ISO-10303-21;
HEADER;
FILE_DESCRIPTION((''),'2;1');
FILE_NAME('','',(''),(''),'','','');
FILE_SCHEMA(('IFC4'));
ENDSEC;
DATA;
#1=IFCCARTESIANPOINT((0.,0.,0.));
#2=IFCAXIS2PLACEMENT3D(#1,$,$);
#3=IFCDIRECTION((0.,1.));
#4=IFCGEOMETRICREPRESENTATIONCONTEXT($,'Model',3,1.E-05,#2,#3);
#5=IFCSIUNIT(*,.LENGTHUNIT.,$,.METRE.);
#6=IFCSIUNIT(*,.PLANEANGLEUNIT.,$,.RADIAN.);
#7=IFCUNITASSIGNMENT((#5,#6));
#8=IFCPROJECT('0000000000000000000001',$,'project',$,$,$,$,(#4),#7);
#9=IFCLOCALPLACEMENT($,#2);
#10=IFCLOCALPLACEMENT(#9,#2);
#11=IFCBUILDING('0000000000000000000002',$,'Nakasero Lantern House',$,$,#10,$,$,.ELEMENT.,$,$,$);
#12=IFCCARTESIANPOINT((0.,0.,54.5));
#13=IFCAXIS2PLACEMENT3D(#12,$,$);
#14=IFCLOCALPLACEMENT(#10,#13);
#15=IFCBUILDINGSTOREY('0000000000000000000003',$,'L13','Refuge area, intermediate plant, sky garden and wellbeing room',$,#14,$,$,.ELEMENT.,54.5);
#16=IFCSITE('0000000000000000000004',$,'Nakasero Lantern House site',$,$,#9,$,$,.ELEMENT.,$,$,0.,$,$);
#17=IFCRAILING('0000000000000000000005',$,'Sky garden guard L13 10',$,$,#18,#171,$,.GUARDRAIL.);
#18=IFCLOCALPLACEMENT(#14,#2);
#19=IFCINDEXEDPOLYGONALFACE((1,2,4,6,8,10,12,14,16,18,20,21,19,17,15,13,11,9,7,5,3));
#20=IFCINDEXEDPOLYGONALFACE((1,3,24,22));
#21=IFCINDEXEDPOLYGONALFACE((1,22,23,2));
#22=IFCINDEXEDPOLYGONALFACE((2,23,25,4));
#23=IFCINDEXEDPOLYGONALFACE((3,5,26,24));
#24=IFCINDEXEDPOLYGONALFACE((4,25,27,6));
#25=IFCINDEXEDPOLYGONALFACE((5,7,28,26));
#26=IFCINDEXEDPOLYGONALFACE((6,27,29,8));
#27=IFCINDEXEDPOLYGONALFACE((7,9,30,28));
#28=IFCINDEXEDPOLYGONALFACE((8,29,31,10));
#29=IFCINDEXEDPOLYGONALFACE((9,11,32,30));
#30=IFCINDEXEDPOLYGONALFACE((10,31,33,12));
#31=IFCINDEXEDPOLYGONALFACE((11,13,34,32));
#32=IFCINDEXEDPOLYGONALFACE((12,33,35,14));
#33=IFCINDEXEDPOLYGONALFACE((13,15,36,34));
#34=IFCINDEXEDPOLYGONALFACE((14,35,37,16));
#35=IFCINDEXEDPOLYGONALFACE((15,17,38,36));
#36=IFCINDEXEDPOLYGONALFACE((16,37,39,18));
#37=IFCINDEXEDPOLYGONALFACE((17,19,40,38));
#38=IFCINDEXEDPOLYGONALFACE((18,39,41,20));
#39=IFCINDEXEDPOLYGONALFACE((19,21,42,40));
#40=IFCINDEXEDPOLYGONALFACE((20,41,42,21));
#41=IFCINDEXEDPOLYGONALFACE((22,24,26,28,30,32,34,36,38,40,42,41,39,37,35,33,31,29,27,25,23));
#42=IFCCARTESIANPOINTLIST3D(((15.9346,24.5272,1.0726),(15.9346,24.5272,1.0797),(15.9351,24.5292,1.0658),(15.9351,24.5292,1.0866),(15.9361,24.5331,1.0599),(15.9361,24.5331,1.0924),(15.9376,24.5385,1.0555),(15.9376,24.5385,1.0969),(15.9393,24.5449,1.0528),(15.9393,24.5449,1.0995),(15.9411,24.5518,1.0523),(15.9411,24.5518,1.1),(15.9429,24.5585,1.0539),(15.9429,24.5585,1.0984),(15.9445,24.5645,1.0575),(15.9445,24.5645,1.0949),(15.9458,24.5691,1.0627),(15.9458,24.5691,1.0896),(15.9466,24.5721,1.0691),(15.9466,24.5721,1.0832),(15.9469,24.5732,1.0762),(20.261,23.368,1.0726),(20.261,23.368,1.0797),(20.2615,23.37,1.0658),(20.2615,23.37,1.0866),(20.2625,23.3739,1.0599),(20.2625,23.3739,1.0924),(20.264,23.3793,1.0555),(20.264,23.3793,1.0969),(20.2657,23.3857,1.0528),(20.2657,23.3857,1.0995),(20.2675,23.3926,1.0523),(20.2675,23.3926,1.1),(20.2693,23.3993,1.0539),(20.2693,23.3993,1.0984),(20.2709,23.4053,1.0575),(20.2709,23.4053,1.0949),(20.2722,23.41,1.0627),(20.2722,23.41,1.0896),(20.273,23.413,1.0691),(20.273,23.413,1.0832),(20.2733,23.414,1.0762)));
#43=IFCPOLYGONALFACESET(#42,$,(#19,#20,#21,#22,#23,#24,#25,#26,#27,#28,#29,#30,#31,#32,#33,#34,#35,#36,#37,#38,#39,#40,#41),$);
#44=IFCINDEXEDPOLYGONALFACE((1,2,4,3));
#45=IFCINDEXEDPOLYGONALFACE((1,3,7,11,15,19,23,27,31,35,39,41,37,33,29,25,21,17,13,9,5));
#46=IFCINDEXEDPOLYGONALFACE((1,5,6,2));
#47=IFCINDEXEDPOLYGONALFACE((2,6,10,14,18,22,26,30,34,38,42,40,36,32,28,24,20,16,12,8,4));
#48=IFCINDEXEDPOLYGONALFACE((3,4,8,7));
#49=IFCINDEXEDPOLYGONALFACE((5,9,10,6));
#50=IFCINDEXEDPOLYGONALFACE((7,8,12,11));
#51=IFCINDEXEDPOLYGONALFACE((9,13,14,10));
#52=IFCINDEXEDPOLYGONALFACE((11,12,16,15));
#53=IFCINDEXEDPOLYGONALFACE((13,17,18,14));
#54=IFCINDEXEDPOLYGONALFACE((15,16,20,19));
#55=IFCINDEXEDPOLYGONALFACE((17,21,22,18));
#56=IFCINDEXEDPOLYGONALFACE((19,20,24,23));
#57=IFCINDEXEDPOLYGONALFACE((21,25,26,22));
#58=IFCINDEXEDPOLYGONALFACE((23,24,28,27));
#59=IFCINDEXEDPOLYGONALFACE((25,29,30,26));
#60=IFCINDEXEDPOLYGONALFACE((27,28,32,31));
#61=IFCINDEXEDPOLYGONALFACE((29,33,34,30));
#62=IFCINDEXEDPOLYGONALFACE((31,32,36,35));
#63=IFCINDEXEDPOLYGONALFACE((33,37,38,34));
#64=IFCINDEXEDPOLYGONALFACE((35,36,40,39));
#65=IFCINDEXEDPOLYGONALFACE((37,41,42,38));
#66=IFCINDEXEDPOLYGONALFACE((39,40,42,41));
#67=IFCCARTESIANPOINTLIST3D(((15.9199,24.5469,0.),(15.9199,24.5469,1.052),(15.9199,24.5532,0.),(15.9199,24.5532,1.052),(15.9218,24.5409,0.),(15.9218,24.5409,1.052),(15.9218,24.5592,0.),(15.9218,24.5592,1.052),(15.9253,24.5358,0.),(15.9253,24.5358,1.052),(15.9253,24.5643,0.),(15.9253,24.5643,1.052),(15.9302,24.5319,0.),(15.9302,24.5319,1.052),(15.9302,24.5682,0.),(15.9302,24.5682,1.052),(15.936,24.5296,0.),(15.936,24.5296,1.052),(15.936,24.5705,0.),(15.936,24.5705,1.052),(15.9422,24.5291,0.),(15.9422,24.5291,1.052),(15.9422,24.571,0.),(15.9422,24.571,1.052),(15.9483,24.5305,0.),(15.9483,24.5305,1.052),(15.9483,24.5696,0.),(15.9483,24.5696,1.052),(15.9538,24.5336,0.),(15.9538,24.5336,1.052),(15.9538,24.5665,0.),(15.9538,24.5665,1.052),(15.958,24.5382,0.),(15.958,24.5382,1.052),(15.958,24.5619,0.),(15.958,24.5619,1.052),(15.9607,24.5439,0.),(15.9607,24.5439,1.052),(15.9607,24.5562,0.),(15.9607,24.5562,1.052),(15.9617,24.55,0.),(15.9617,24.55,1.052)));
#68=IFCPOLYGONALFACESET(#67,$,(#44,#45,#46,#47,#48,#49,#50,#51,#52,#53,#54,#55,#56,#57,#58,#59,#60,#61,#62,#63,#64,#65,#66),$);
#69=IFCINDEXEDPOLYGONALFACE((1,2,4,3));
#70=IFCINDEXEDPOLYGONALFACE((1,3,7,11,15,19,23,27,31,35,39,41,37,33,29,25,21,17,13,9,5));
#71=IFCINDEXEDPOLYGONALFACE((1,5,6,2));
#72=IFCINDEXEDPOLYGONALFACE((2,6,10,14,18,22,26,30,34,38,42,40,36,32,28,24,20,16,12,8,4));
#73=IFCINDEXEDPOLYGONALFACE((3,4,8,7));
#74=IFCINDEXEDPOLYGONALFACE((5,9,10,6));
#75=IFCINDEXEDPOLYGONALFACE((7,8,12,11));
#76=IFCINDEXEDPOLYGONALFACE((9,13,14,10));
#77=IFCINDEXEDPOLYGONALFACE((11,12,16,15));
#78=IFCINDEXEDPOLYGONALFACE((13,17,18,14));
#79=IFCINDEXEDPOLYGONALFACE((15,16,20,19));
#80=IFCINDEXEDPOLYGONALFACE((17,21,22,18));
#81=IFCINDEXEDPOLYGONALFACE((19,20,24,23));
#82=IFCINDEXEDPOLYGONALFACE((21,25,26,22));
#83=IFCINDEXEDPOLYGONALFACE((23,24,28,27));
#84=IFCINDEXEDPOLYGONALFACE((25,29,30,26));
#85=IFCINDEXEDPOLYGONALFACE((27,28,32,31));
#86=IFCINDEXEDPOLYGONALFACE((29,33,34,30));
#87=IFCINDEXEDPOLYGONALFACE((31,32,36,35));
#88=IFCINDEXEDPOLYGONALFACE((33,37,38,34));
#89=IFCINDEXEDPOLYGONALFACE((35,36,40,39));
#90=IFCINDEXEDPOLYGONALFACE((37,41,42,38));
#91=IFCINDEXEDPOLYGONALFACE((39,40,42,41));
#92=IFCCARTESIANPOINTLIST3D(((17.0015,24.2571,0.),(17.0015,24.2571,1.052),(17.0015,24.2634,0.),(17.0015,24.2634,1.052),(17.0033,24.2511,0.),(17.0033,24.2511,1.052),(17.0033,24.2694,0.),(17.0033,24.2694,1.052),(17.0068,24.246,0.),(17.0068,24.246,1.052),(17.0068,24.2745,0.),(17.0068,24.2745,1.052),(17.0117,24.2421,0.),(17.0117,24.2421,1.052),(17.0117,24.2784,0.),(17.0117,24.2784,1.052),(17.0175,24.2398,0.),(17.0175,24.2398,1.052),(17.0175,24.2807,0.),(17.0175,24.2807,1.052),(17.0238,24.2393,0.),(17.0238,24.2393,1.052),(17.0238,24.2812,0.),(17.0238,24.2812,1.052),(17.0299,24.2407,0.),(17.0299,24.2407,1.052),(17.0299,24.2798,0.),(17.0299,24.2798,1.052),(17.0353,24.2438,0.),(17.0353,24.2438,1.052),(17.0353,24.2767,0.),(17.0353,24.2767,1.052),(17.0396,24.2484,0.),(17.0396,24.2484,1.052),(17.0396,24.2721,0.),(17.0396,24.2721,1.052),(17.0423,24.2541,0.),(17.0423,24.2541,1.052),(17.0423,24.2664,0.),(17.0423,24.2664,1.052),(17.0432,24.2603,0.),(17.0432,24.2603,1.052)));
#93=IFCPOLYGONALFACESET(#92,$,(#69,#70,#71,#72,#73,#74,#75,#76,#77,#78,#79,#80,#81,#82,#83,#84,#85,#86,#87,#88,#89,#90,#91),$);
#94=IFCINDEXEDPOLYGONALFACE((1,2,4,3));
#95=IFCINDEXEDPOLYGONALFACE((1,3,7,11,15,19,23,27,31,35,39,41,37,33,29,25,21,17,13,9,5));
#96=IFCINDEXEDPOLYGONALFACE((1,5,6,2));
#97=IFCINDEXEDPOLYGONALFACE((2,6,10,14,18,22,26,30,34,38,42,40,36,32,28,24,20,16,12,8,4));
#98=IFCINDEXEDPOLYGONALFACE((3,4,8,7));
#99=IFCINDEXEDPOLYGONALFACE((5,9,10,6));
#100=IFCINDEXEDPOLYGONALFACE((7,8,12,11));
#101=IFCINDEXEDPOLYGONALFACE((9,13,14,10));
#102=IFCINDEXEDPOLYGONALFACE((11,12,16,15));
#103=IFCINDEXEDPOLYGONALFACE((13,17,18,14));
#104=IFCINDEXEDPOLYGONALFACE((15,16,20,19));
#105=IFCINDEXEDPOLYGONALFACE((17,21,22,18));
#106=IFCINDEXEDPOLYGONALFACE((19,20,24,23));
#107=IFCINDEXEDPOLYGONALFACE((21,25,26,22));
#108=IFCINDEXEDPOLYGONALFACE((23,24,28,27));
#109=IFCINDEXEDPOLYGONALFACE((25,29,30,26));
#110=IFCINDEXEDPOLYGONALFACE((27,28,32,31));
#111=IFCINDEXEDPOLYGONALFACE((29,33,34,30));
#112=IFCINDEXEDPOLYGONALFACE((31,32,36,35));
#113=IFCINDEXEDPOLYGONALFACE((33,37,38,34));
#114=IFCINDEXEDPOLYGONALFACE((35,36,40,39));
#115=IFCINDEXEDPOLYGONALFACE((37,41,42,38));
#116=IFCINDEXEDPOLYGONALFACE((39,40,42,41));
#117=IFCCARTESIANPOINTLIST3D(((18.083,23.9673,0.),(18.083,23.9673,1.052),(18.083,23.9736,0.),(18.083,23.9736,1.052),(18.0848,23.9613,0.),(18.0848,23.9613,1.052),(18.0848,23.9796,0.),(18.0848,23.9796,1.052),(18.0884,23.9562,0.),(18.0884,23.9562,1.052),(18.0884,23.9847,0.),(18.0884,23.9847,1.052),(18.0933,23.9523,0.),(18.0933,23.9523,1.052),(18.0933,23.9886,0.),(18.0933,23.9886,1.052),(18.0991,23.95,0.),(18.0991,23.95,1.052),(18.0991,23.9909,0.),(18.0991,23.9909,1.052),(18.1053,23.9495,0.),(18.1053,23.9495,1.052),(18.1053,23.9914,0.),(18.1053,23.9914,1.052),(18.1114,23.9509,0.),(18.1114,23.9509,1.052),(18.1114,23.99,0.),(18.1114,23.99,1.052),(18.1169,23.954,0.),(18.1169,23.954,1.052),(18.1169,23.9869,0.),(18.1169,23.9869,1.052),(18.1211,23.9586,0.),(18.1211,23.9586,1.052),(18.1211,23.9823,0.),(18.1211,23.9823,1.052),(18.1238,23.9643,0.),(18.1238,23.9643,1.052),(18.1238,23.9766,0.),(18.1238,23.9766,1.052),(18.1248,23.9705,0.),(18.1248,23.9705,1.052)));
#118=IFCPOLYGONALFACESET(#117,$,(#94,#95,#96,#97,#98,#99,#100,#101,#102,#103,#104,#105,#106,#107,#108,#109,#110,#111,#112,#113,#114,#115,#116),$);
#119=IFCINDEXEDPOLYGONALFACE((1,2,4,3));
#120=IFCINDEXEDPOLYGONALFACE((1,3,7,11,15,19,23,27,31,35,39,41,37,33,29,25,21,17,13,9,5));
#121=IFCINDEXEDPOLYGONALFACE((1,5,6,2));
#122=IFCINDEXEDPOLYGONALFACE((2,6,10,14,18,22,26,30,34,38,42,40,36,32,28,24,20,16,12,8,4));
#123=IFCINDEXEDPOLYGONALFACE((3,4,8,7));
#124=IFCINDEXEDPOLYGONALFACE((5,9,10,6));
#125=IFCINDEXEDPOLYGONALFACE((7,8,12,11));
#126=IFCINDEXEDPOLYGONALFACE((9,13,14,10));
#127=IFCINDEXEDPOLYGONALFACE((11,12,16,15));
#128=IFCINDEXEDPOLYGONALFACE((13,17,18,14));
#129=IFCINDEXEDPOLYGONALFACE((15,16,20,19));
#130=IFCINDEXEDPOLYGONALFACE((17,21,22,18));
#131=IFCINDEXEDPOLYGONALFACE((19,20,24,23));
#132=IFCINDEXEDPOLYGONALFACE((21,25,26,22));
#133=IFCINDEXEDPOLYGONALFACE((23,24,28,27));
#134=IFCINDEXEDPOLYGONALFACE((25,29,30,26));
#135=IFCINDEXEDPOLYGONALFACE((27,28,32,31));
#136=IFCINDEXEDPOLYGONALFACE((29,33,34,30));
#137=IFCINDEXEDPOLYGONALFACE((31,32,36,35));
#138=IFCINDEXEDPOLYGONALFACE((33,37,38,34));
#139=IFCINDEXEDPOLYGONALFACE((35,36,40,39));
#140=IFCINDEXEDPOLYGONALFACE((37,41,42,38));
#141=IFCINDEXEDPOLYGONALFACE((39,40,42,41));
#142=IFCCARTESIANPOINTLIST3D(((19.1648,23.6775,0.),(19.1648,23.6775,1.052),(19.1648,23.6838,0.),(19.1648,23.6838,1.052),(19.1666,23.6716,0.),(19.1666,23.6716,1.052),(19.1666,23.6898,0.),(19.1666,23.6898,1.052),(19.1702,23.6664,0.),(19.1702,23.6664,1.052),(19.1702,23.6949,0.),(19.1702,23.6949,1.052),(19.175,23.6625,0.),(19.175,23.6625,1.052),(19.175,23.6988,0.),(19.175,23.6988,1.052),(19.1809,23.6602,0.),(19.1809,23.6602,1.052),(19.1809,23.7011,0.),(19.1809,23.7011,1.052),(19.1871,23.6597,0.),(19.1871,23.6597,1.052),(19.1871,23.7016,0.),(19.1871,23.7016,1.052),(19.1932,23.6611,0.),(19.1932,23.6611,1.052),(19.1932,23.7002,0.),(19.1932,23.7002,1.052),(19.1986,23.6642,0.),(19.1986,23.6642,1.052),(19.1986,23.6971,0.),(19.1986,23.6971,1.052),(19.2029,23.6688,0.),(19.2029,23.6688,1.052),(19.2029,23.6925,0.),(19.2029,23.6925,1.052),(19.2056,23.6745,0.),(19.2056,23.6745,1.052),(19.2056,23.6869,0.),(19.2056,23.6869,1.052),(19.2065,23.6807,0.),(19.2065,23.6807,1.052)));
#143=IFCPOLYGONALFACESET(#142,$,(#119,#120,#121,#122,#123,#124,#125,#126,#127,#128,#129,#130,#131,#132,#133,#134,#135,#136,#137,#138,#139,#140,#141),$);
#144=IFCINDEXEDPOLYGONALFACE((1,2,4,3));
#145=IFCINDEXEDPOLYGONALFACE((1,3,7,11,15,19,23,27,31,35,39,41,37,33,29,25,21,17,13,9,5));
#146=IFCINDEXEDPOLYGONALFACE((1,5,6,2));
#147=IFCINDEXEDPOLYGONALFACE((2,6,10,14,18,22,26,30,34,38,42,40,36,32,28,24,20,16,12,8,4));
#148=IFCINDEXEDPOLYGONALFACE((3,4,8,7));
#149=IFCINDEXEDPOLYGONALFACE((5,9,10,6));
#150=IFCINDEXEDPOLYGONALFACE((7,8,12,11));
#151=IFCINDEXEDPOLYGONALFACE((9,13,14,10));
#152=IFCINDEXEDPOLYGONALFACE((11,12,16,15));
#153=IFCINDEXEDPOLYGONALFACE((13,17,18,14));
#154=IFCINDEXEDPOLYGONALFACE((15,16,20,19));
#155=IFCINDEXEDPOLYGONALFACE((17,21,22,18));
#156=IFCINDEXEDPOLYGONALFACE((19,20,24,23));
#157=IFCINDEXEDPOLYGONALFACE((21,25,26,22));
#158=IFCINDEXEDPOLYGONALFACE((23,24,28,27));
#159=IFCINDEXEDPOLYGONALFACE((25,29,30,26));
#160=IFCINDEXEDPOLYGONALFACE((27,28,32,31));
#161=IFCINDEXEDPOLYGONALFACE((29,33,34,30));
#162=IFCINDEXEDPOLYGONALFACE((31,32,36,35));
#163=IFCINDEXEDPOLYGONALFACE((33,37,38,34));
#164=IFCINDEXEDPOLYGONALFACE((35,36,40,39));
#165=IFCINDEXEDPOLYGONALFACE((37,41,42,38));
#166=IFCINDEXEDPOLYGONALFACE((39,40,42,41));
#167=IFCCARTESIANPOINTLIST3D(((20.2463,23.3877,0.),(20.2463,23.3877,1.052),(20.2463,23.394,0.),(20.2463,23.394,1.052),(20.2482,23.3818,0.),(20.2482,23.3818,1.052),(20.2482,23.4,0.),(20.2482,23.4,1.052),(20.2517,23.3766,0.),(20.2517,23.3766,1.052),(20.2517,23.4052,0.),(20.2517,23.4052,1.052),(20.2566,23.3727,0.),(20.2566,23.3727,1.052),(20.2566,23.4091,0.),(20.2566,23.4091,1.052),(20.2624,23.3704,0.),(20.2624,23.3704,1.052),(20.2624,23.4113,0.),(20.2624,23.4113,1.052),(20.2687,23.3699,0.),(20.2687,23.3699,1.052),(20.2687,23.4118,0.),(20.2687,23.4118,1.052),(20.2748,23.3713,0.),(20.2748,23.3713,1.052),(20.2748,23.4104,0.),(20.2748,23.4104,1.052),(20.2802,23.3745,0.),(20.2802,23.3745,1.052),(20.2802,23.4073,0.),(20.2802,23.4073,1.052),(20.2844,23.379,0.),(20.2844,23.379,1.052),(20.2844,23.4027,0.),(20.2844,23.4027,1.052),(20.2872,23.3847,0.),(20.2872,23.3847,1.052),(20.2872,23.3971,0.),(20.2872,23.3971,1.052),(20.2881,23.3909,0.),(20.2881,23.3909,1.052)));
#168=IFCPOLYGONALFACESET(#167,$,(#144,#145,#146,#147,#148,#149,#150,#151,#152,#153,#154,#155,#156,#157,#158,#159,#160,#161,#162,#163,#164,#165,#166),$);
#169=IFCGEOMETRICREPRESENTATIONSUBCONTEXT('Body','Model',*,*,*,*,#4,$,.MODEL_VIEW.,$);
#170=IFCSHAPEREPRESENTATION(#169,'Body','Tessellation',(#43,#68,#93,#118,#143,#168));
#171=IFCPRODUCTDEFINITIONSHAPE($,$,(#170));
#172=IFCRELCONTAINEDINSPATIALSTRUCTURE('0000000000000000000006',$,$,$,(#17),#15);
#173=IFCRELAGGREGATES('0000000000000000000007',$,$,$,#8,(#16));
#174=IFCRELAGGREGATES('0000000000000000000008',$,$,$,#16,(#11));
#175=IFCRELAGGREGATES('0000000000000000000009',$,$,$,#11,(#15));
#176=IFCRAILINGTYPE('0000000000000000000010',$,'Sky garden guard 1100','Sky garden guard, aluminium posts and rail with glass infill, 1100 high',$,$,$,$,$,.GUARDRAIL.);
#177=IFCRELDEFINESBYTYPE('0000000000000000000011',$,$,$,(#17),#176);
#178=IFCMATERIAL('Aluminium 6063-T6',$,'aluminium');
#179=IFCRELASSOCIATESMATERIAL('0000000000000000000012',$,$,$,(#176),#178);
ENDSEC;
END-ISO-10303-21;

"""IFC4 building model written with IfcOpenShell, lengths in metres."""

from ifc_helpers import new_model, si_unit, direction, frame, origin, origin_2d, place, context, subcontext, project, spatial, circle, extrude, material, type_object, element, save


model = new_model("IFC4")

# Units and contexts
model_context = context("Model", 3, precision=1e-05, world=origin(), true_north=direction((0.0, 1.0)))
body_context = subcontext(model_context, "Body", "Model", "MODEL_VIEW")
ifc_project = project(units=[si_unit("LENGTHUNIT", "METRE"), si_unit("PLANEANGLEUNIT", "RADIAN")], contexts=[model_context])

# Site, building, storey
site_placement = place(None, origin())
site = spatial("IfcSite", under=ifc_project, at=site_placement, Name="Nakasero Lantern House site", CompositionType="ELEMENT", RefElevation=0.0)
building_placement = place(site_placement, origin())
building = spatial("IfcBuilding", under=site, at=building_placement, Name="Nakasero Lantern House", CompositionType="ELEMENT")
storey_placement = place(building_placement, frame((0.0, 0.0, 54.5)))
storey = spatial("IfcBuildingStorey", under=building, at=storey_placement, Name="L13", Description="Refuge area, intermediate plant, sky garden and wellbeing room", CompositionType="ELEMENT", Elevation=54.5)

# Railing
ifc_material_1 = material(Name="Aluminium 6063-T6", Category="aluminium")
railing_type = type_object("IfcRailingType", Name="Sky garden guard 1100", Description="Sky garden guard, aluminium posts and rail with glass infill, 1100 high", PredefinedType="GUARDRAIL", material=ifc_material_1)
railing_1_placement = place(storey_placement, frame((15.9407, 24.55, 0.0)))
element("IfcRailing", 1, at=railing_1_placement, inside=storey, type_object=railing_type, Name="Sky garden guard L13 10", PredefinedType="GUARDRAIL", context=body_context, shape_type="SweptSolid", body=[
    extrude(circle(Radius=0.0239, at=origin_2d()), frame((0.0, 0.0, 1.0762), z_axis=(0.96593, -0.258802, 0.0), x_axis=(0.258802, 0.96593, 0.0)), (0.0, 0.0, 1.0), 4.479),
    extrude(circle(Radius=0.021, at=origin_2d()), origin(), (0.0, 0.0, 1.0), 1.052),
    extrude(circle(Radius=0.021, at=origin_2d()), frame((1.0815, -0.2898, 0.0)), (0.0, 0.0, 1.0), 1.052),
    extrude(circle(Radius=0.021, at=origin_2d()), frame((2.1631, -0.5796, 0.0)), (0.0, 0.0, 1.0), 1.052),
    extrude(circle(Radius=0.021, at=origin_2d()), frame((3.2449, -0.8694, 0.0)), (0.0, 0.0, 1.0), 1.052),
    extrude(circle(Radius=0.021, at=origin_2d()), frame((4.3264, -1.1592, 0.0)), (0.0, 0.0, 1.0), 1.052),
])

save(model, "model.ifc")
